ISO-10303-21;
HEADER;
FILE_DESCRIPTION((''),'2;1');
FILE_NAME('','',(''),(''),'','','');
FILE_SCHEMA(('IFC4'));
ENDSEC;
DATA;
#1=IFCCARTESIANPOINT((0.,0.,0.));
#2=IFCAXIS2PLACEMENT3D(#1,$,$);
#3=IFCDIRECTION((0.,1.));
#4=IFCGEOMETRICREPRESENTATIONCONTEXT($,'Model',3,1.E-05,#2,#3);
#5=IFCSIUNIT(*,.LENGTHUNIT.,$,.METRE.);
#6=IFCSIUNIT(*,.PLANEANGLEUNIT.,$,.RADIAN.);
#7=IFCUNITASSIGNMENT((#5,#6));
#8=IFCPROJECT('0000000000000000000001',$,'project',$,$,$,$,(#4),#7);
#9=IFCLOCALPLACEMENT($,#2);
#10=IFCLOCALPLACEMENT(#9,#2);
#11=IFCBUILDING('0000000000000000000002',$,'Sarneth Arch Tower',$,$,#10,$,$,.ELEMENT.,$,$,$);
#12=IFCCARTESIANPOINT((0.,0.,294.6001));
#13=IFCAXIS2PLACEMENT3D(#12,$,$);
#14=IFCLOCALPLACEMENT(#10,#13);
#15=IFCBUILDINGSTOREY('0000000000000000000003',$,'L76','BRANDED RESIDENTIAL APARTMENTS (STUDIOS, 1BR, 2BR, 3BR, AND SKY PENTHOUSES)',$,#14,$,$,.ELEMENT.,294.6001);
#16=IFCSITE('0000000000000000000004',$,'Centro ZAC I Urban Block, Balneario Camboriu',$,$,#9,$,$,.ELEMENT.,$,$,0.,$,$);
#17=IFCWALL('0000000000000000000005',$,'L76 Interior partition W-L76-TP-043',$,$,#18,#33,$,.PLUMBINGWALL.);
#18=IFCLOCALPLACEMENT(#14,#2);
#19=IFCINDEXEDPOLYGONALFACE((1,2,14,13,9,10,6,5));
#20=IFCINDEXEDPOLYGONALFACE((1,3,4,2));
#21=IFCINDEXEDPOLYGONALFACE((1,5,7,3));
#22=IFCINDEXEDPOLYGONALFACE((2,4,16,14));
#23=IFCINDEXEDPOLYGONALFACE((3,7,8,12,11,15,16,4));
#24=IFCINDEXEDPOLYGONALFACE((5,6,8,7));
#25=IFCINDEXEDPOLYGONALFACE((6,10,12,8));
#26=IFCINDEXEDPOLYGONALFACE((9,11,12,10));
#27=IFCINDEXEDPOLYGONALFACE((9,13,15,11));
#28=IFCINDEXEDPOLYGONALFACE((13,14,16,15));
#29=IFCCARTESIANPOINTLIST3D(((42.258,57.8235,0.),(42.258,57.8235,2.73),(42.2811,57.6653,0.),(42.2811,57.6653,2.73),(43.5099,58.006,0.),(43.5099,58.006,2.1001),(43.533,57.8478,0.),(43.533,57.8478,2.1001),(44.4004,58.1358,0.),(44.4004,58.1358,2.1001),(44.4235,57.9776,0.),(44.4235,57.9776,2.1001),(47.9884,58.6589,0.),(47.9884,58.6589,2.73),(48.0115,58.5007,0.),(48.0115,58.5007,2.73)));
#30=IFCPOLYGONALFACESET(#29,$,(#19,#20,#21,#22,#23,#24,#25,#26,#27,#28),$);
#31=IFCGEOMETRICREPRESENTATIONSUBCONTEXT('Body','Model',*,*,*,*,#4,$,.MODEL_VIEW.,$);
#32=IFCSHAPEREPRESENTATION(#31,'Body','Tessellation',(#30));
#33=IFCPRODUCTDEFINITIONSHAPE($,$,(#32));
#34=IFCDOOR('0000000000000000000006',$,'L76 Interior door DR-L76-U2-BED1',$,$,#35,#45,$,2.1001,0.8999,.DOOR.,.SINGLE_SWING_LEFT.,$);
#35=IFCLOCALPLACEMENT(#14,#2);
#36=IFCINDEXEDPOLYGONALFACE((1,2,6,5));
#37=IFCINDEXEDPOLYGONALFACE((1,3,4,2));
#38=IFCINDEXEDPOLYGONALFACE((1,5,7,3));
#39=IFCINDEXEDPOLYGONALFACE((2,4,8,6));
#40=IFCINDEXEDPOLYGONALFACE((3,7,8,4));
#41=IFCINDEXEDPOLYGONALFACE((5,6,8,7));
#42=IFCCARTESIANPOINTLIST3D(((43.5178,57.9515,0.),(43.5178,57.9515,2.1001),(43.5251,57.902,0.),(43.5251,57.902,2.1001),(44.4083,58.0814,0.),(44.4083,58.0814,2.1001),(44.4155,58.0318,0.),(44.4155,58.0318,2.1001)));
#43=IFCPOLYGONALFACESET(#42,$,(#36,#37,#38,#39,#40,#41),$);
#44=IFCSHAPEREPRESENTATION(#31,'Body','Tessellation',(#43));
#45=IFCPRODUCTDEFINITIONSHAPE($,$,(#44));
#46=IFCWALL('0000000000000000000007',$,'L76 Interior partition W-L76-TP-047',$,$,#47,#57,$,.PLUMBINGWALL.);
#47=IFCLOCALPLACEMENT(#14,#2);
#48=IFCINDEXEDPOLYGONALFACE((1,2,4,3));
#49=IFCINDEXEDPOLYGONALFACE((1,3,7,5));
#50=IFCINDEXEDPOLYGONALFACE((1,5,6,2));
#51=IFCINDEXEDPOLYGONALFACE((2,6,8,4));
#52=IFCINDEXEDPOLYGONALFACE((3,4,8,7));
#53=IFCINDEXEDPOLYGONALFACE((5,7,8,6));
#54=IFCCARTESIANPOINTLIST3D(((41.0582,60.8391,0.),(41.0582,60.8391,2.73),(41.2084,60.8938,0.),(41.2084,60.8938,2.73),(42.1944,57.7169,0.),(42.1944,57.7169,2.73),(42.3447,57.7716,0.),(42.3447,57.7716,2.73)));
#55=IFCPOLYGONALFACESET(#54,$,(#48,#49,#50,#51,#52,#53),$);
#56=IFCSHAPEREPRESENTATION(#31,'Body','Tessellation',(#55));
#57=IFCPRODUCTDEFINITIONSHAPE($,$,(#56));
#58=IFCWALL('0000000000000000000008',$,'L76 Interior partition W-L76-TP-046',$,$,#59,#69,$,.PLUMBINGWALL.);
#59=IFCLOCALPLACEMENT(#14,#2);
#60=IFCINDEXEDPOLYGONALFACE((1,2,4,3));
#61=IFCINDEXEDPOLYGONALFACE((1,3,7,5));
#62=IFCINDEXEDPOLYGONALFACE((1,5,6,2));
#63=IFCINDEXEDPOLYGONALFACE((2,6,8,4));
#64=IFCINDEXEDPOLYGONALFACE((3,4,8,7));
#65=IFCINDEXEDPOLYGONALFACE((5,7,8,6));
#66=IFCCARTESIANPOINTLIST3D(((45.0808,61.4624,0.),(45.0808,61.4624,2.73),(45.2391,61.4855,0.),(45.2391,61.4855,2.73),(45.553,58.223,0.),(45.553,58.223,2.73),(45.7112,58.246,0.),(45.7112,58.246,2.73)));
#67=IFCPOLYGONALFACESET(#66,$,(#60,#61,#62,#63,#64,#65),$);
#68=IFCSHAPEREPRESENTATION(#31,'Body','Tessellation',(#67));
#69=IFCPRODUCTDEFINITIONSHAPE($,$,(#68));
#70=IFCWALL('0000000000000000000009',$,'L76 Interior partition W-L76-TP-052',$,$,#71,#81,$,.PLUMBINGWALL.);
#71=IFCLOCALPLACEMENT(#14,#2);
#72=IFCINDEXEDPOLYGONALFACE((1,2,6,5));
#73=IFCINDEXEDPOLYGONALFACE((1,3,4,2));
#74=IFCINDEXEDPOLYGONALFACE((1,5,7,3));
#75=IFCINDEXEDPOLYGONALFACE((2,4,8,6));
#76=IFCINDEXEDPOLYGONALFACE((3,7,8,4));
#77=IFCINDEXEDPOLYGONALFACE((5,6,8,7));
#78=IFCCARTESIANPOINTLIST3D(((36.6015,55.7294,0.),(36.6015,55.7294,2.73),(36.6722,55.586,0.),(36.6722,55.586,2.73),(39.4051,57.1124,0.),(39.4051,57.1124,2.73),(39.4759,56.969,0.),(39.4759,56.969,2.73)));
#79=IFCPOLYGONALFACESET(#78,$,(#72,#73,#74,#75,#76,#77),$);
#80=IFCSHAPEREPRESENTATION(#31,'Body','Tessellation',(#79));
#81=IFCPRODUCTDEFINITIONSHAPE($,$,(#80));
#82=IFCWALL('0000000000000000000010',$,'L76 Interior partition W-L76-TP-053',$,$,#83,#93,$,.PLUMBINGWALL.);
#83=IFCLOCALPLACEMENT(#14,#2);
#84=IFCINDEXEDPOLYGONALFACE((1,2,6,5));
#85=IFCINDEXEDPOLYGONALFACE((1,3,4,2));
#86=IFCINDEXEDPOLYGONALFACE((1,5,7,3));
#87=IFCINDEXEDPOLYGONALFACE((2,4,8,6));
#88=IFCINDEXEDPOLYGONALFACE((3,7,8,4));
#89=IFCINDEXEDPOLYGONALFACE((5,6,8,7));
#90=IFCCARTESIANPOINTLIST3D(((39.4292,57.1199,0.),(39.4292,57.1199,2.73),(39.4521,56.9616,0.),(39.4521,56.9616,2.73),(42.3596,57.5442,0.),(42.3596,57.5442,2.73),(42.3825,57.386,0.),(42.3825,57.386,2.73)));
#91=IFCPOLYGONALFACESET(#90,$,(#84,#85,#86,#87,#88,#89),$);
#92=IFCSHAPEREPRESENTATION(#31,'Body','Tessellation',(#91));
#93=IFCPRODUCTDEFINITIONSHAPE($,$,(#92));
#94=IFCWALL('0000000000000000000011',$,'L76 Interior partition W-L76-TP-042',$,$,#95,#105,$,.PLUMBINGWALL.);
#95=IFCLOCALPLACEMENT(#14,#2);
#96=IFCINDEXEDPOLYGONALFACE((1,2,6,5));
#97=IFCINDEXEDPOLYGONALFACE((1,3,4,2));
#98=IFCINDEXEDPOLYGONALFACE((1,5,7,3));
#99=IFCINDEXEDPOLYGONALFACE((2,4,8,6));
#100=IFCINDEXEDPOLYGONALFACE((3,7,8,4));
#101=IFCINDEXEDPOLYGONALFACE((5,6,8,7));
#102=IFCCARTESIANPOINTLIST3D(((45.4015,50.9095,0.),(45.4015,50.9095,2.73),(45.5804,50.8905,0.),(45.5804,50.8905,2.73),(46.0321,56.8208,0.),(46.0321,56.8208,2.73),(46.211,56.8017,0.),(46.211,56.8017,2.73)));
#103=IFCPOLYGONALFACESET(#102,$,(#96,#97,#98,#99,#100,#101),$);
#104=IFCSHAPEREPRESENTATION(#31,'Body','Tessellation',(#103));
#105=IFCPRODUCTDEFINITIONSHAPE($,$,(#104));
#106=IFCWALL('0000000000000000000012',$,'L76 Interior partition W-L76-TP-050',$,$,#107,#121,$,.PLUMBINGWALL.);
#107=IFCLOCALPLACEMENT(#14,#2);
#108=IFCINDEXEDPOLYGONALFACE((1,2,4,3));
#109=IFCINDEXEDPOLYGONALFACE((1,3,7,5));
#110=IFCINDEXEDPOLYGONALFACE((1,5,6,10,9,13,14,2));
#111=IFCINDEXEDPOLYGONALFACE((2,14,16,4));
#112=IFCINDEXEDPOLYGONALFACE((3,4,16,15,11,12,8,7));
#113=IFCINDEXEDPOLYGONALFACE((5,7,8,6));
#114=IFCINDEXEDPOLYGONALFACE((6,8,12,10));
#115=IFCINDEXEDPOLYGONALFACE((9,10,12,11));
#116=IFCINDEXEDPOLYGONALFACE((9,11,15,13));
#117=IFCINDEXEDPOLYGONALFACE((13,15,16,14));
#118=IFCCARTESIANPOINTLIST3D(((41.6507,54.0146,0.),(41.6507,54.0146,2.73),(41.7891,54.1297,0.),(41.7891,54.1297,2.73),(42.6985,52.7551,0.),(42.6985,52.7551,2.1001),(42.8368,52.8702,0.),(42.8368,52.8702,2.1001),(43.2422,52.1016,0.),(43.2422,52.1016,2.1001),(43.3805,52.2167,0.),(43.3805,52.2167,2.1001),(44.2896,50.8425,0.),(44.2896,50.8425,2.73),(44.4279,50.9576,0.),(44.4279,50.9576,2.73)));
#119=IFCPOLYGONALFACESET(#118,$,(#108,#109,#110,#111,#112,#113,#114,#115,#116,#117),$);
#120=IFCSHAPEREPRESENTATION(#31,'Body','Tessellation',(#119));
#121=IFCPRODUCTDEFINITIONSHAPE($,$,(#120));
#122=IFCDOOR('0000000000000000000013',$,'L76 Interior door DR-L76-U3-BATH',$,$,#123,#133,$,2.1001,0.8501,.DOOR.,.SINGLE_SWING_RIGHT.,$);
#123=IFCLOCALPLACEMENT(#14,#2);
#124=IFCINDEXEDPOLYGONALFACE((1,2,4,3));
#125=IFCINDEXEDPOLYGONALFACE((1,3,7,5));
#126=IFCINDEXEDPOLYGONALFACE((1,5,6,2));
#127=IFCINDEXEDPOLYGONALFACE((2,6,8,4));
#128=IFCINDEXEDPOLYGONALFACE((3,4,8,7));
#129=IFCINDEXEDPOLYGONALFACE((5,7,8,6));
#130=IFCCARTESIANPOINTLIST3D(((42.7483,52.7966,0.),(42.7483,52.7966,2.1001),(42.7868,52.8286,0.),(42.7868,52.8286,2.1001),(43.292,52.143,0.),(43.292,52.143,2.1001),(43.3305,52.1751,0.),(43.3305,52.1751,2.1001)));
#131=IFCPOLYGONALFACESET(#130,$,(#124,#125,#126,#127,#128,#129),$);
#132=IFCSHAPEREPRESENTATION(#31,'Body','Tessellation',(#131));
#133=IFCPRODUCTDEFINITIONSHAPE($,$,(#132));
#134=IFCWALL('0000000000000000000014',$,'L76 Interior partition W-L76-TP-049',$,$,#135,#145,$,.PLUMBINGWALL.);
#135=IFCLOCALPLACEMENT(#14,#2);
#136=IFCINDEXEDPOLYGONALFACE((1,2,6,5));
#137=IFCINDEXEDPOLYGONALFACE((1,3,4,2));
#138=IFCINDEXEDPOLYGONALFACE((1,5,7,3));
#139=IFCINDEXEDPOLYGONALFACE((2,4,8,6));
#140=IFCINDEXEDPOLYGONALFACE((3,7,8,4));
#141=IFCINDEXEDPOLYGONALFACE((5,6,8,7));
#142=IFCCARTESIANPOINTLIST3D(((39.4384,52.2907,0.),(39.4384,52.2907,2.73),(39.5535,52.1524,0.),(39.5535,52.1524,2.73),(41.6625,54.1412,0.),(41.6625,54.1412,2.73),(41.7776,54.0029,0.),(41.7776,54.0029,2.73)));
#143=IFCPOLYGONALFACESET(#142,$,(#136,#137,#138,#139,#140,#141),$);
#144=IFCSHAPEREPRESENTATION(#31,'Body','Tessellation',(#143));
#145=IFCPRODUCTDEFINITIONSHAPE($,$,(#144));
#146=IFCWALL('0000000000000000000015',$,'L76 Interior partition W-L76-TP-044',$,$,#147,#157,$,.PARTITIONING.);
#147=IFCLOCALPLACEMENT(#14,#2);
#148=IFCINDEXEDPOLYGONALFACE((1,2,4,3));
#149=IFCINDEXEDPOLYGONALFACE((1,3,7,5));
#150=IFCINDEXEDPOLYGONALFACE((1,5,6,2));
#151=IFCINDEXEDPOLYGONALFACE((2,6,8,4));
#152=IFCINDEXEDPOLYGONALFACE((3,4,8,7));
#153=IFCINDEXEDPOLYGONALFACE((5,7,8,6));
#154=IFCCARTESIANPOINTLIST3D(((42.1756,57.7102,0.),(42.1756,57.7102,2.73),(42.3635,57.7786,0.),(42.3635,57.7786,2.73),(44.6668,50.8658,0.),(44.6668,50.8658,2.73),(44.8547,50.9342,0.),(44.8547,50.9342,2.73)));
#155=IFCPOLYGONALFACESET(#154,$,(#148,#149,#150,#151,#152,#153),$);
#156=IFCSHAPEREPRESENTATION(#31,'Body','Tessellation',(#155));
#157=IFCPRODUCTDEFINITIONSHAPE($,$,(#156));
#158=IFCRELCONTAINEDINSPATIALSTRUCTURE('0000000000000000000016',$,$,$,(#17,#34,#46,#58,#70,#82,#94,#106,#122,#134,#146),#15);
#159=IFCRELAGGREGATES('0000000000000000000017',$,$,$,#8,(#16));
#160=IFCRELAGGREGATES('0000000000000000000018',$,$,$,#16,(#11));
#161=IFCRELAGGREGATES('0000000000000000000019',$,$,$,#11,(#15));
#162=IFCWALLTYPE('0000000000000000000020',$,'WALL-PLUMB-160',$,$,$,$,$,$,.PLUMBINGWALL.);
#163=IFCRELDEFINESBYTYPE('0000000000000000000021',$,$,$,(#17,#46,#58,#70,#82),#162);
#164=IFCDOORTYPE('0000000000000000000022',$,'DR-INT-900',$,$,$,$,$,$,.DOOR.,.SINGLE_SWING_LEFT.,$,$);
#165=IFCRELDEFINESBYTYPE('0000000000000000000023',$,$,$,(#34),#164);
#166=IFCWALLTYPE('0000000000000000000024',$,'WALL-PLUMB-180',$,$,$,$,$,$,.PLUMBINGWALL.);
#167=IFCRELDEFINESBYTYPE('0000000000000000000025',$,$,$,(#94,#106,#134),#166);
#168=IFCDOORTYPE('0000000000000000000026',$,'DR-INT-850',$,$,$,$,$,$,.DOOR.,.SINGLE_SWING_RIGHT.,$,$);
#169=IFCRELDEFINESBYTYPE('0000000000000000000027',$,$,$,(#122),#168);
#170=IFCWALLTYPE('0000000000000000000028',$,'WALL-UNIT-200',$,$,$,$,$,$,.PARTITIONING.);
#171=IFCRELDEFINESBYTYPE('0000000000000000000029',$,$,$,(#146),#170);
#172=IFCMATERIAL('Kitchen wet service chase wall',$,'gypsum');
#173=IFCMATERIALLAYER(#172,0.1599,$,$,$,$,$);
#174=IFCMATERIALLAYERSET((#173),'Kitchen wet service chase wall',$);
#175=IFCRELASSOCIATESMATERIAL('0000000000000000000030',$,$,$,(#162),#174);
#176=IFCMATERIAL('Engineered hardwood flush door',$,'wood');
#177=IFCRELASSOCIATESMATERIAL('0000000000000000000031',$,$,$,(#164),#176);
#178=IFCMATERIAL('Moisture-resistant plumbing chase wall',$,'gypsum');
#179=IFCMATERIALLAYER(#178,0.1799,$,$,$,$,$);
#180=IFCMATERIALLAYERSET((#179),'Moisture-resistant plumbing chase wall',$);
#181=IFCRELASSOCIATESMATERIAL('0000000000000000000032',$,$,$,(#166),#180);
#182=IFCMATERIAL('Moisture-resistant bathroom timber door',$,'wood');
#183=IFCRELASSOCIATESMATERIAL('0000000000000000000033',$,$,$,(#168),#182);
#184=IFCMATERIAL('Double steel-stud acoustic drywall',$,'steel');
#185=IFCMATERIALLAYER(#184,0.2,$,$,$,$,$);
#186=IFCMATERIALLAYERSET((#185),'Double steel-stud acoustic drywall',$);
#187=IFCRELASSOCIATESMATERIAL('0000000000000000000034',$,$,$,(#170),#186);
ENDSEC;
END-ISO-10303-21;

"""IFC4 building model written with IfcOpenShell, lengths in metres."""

from ifc_helpers import new_model, si_unit, direction, frame, frame_2d, origin, place, context, subcontext, project, spatial, rectangle, extrude, material, layer, layer_set, type_object, element, fill, save


model = new_model("IFC4")

# Units and contexts
model_context = context("Model", 3, precision=1e-05, world=origin(), true_north=direction((0.0, 1.0)))
body_context = subcontext(model_context, "Body", "Model", "MODEL_VIEW")
ifc_project = project(units=[si_unit("LENGTHUNIT", "METRE"), si_unit("PLANEANGLEUNIT", "RADIAN")], contexts=[model_context])

# Site, building, storey
site_placement = place(None, origin())
site = spatial("IfcSite", under=ifc_project, at=site_placement, Name="Centro ZAC I Urban Block, Balneario Camboriu", CompositionType="ELEMENT", RefElevation=0.0)
building_placement = place(site_placement, origin())
building = spatial("IfcBuilding", under=site, at=building_placement, Name="Sarneth Arch Tower", CompositionType="ELEMENT")
storey_placement = place(building_placement, frame((0.0, 0.0, 294.6001)))
storey = spatial("IfcBuildingStorey", under=building, at=storey_placement, Name="L76", Description="BRANDED RESIDENTIAL APARTMENTS (STUDIOS, 1BR, 2BR, 3BR, AND SKY PENTHOUSES)", CompositionType="ELEMENT", Elevation=294.6001)

# Wall, opening, door
ifc_material_1 = material(Name="Kitchen wet service chase wall", Category="gypsum")
ifc_layer_1 = layer(ifc_material_1, 0.1599)
ifc_layer_set_1 = layer_set([ifc_layer_1], Name="Kitchen wet service chase wall")
wall_type_1 = type_object("IfcWallType", Name="WALL-PLUMB-160", PredefinedType="PLUMBINGWALL", material=ifc_layer_set_1)
wall_1_placement = place(storey_placement, frame((42.2695, 57.7444, 0.0), z_axis=(0.0, 0.0, 1.0), x_axis=(0.989539, 0.144266, 0.0)))
wall_1 = element("IfcWall", 1, at=wall_1_placement, inside=storey, type_object=wall_type_1, Name="L76 Interior partition W-L76-TP-043", PredefinedType="PLUMBINGWALL", context=body_context, shape_type="SweptSolid", body=[
    extrude(rectangle(XDim=5.791, YDim=0.1599, at=frame_2d((2.8955, 0.0))), origin(), (0.0, 0.0, 1.0), 2.73),
])
opening_1_placement = place(wall_1_placement, frame((1.2651, 0.0, 0.0)))
opening_1 = element("IfcOpeningElement", 2, at=opening_1_placement, cuts=wall_1, PredefinedType="OPENING", context=body_context, shape_type="SweptSolid", body=[
    extrude(rectangle(XDim=0.8999, YDim=2.1001, at=frame_2d((0.45, 1.05))), frame((0.0, 0.0898, 0.0), z_axis=(0.0, -1.0, 0.0), x_axis=(1.0, 0.0, 0.0)), (0.0, 0.0, 1.0), 0.1799),
])
ifc_material_2 = material(Name="Engineered hardwood flush door", Category="wood")
door_type_1 = type_object("IfcDoorType", Name="DR-INT-900", OperationType="SINGLE_SWING_LEFT", PredefinedType="DOOR", material=ifc_material_2)
door_1_placement = place(opening_1_placement, origin())
door_1 = element("IfcDoor", 3, at=door_1_placement, inside=storey, type_object=door_type_1, Name="L76 Interior door DR-L76-U2-BED1", OperationType="SINGLE_SWING_LEFT", OverallHeight=2.1001, OverallWidth=0.8999, PredefinedType="DOOR", context=body_context, shape_type="SweptSolid", body=[
    extrude(rectangle(XDim=0.8999, YDim=2.1001, at=frame_2d((0.45, 1.05))), frame((0.0, 0.0249, 0.0), z_axis=(0.0, -1.0, 0.0), x_axis=(1.0, 0.0, 0.0)), (0.0, 0.0, 1.0), 0.05),
])
fill(opening_1, door_1)

# Walls
wall_2_placement = place(storey_placement, frame((42.2695, 57.7444, 0.0), z_axis=(0.0, 0.0, 1.0), x_axis=(-0.341991, 0.939703, 0.0)))
element("IfcWall", 4, at=wall_2_placement, inside=storey, type_object=wall_type_1, Name="L76 Interior partition W-L76-TP-047", PredefinedType="PLUMBINGWALL", context=body_context, shape_type="SweptSolid", body=[
    extrude(rectangle(XDim=3.3225, YDim=0.1599, at=frame_2d((1.6611, 0.0))), origin(), (0.0, 0.0, 1.0), 2.73),
])
wall_3_placement = place(storey_placement, frame((45.6321, 58.2346, 0.0), z_axis=(0.0, 0.0, 1.0), x_axis=(-0.144229, 0.989544, 0.0)))
element("IfcWall", 5, at=wall_3_placement, inside=storey, type_object=wall_type_1, Name="L76 Interior partition W-L76-TP-046", PredefinedType="PLUMBINGWALL", context=body_context, shape_type="SweptSolid", body=[
    extrude(rectangle(XDim=3.2737, YDim=0.1599, at=frame_2d((1.6367, 0.0))), origin(), (0.0, 0.0, 1.0), 2.73),
])
wall_4_placement = place(storey_placement, frame((36.637, 55.6577, 0.0), z_axis=(0.0, 0.0, 1.0), x_axis=(0.89682, 0.442397, 0.0)))
element("IfcWall", 6, at=wall_4_placement, inside=storey, type_object=wall_type_1, Name="L76 Interior partition W-L76-TP-052", PredefinedType="PLUMBINGWALL", context=body_context, shape_type="SweptSolid", body=[
    extrude(rectangle(XDim=3.1262, YDim=0.1599, at=frame_2d((1.563, 0.0))), origin(), (0.0, 0.0, 1.0), 2.73),
])
wall_5_placement = place(storey_placement, frame((39.4407, 57.0408, 0.0), z_axis=(0.0, 0.0, 1.0), x_axis=(0.989679, 0.143303, 0.0)))
element("IfcWall", 7, at=wall_5_placement, inside=storey, type_object=wall_type_1, Name="L76 Interior partition W-L76-TP-053", PredefinedType="PLUMBINGWALL", context=body_context, shape_type="SweptSolid", body=[
    extrude(rectangle(XDim=2.9609, YDim=0.1599, at=frame_2d((1.4805, 0.0))), origin(), (0.0, 0.0, 1.0), 2.73),
])
ifc_material_3 = material(Name="Moisture-resistant plumbing chase wall", Category="gypsum")
ifc_layer_2 = layer(ifc_material_3, 0.1799)
ifc_layer_set_2 = layer_set([ifc_layer_2], Name="Moisture-resistant plumbing chase wall")
wall_type_2 = type_object("IfcWallType", Name="WALL-PLUMB-180", PredefinedType="PLUMBINGWALL", material=ifc_layer_set_2)
wall_6_placement = place(storey_placement, frame((46.1216, 56.8113, 0.0), z_axis=(0.0, 0.0, 1.0), x_axis=(-0.106076, -0.994358, 0.0)))
element("IfcWall", 8, at=wall_6_placement, inside=storey, type_object=wall_type_2, Name="L76 Interior partition W-L76-TP-042", PredefinedType="PLUMBINGWALL", context=body_context, shape_type="SweptSolid", body=[
    extrude(rectangle(XDim=5.9448, YDim=0.1799, at=frame_2d((2.9724, 0.0))), origin(), (0.0, 0.0, 1.0), 2.73),
])

# Wall, opening, door
wall_7_placement = place(storey_placement, frame((41.72, 54.072, 0.0), z_axis=(0.0, 0.0, 1.0), x_axis=(0.639538, -0.768759, 0.0)))
wall_7 = element("IfcWall", 9, at=wall_7_placement, inside=storey, type_object=wall_type_2, Name="L76 Interior partition W-L76-TP-050", PredefinedType="PLUMBINGWALL", context=body_context, shape_type="SweptSolid", body=[
    extrude(rectangle(XDim=4.1262, YDim=0.1799, at=frame_2d((2.063, 0.0))), origin(), (0.0, 0.0, 1.0), 2.73),
])
opening_2_placement = place(wall_7_placement, frame((1.6382, 0.0, 0.0)))
opening_2 = element("IfcOpeningElement", 10, at=opening_2_placement, cuts=wall_7, PredefinedType="OPENING", context=body_context, shape_type="SweptSolid", body=[
    extrude(rectangle(XDim=0.8501, YDim=2.1001, at=frame_2d((0.425, 1.05))), frame((0.0, 0.0999, 0.0), z_axis=(0.0, -1.0, 0.0), x_axis=(1.0, 0.0, 0.0)), (0.0, 0.0, 1.0), 0.2),
])
ifc_material_4 = material(Name="Moisture-resistant bathroom timber door", Category="wood")
door_type_2 = type_object("IfcDoorType", Name="DR-INT-850", OperationType="SINGLE_SWING_RIGHT", PredefinedType="DOOR", material=ifc_material_4)
door_2_placement = place(opening_2_placement, origin())
door_2 = element("IfcDoor", 11, at=door_2_placement, inside=storey, type_object=door_type_2, Name="L76 Interior door DR-L76-U3-BATH", OperationType="SINGLE_SWING_RIGHT", OverallHeight=2.1001, OverallWidth=0.8501, PredefinedType="DOOR", context=body_context, shape_type="SweptSolid", body=[
    extrude(rectangle(XDim=0.8501, YDim=2.1001, at=frame_2d((0.425, 1.05))), frame((0.0, 0.0249, 0.0), z_axis=(0.0, -1.0, 0.0), x_axis=(1.0, 0.0, 0.0)), (0.0, 0.0, 1.0), 0.05),
])
fill(opening_2, door_2)

# Walls
wall_8_placement = place(storey_placement, frame((39.4958, 52.2214, 0.0), z_axis=(0.0, 0.0, 1.0), x_axis=(0.768705, 0.639603, 0.0)))
element("IfcWall", 12, at=wall_8_placement, inside=storey, type_object=wall_type_2, Name="L76 Interior partition W-L76-TP-049", PredefinedType="PLUMBINGWALL", context=body_context, shape_type="SweptSolid", body=[
    extrude(rectangle(XDim=2.8933, YDim=0.1799, at=frame_2d((1.4468, 0.0))), origin(), (0.0, 0.0, 1.0), 2.73),
])
ifc_material_5 = material(Name="Double steel-stud acoustic drywall", Category="steel")
ifc_layer_3 = layer(ifc_material_5, 0.2)
ifc_layer_set_3 = layer_set([ifc_layer_3], Name="Double steel-stud acoustic drywall")
wall_type_3 = type_object("IfcWallType", Name="WALL-UNIT-200", PredefinedType="PARTITIONING", material=ifc_layer_set_3)
wall_9_placement = place(storey_placement, frame((42.2695, 57.7444, 0.0), z_axis=(0.0, 0.0, 1.0), x_axis=(0.342023, -0.939692, 0.0)))
element("IfcWall", 13, at=wall_9_placement, inside=storey, type_object=wall_type_3, Name="L76 Interior partition W-L76-TP-044", PredefinedType="PARTITIONING", context=body_context, shape_type="SweptSolid", body=[
    extrude(rectangle(XDim=7.2837, YDim=0.2, at=frame_2d((3.6418, 0.0))), origin(), (0.0, 0.0, 1.0), 2.73),
])

save(model, "model.ifc")
